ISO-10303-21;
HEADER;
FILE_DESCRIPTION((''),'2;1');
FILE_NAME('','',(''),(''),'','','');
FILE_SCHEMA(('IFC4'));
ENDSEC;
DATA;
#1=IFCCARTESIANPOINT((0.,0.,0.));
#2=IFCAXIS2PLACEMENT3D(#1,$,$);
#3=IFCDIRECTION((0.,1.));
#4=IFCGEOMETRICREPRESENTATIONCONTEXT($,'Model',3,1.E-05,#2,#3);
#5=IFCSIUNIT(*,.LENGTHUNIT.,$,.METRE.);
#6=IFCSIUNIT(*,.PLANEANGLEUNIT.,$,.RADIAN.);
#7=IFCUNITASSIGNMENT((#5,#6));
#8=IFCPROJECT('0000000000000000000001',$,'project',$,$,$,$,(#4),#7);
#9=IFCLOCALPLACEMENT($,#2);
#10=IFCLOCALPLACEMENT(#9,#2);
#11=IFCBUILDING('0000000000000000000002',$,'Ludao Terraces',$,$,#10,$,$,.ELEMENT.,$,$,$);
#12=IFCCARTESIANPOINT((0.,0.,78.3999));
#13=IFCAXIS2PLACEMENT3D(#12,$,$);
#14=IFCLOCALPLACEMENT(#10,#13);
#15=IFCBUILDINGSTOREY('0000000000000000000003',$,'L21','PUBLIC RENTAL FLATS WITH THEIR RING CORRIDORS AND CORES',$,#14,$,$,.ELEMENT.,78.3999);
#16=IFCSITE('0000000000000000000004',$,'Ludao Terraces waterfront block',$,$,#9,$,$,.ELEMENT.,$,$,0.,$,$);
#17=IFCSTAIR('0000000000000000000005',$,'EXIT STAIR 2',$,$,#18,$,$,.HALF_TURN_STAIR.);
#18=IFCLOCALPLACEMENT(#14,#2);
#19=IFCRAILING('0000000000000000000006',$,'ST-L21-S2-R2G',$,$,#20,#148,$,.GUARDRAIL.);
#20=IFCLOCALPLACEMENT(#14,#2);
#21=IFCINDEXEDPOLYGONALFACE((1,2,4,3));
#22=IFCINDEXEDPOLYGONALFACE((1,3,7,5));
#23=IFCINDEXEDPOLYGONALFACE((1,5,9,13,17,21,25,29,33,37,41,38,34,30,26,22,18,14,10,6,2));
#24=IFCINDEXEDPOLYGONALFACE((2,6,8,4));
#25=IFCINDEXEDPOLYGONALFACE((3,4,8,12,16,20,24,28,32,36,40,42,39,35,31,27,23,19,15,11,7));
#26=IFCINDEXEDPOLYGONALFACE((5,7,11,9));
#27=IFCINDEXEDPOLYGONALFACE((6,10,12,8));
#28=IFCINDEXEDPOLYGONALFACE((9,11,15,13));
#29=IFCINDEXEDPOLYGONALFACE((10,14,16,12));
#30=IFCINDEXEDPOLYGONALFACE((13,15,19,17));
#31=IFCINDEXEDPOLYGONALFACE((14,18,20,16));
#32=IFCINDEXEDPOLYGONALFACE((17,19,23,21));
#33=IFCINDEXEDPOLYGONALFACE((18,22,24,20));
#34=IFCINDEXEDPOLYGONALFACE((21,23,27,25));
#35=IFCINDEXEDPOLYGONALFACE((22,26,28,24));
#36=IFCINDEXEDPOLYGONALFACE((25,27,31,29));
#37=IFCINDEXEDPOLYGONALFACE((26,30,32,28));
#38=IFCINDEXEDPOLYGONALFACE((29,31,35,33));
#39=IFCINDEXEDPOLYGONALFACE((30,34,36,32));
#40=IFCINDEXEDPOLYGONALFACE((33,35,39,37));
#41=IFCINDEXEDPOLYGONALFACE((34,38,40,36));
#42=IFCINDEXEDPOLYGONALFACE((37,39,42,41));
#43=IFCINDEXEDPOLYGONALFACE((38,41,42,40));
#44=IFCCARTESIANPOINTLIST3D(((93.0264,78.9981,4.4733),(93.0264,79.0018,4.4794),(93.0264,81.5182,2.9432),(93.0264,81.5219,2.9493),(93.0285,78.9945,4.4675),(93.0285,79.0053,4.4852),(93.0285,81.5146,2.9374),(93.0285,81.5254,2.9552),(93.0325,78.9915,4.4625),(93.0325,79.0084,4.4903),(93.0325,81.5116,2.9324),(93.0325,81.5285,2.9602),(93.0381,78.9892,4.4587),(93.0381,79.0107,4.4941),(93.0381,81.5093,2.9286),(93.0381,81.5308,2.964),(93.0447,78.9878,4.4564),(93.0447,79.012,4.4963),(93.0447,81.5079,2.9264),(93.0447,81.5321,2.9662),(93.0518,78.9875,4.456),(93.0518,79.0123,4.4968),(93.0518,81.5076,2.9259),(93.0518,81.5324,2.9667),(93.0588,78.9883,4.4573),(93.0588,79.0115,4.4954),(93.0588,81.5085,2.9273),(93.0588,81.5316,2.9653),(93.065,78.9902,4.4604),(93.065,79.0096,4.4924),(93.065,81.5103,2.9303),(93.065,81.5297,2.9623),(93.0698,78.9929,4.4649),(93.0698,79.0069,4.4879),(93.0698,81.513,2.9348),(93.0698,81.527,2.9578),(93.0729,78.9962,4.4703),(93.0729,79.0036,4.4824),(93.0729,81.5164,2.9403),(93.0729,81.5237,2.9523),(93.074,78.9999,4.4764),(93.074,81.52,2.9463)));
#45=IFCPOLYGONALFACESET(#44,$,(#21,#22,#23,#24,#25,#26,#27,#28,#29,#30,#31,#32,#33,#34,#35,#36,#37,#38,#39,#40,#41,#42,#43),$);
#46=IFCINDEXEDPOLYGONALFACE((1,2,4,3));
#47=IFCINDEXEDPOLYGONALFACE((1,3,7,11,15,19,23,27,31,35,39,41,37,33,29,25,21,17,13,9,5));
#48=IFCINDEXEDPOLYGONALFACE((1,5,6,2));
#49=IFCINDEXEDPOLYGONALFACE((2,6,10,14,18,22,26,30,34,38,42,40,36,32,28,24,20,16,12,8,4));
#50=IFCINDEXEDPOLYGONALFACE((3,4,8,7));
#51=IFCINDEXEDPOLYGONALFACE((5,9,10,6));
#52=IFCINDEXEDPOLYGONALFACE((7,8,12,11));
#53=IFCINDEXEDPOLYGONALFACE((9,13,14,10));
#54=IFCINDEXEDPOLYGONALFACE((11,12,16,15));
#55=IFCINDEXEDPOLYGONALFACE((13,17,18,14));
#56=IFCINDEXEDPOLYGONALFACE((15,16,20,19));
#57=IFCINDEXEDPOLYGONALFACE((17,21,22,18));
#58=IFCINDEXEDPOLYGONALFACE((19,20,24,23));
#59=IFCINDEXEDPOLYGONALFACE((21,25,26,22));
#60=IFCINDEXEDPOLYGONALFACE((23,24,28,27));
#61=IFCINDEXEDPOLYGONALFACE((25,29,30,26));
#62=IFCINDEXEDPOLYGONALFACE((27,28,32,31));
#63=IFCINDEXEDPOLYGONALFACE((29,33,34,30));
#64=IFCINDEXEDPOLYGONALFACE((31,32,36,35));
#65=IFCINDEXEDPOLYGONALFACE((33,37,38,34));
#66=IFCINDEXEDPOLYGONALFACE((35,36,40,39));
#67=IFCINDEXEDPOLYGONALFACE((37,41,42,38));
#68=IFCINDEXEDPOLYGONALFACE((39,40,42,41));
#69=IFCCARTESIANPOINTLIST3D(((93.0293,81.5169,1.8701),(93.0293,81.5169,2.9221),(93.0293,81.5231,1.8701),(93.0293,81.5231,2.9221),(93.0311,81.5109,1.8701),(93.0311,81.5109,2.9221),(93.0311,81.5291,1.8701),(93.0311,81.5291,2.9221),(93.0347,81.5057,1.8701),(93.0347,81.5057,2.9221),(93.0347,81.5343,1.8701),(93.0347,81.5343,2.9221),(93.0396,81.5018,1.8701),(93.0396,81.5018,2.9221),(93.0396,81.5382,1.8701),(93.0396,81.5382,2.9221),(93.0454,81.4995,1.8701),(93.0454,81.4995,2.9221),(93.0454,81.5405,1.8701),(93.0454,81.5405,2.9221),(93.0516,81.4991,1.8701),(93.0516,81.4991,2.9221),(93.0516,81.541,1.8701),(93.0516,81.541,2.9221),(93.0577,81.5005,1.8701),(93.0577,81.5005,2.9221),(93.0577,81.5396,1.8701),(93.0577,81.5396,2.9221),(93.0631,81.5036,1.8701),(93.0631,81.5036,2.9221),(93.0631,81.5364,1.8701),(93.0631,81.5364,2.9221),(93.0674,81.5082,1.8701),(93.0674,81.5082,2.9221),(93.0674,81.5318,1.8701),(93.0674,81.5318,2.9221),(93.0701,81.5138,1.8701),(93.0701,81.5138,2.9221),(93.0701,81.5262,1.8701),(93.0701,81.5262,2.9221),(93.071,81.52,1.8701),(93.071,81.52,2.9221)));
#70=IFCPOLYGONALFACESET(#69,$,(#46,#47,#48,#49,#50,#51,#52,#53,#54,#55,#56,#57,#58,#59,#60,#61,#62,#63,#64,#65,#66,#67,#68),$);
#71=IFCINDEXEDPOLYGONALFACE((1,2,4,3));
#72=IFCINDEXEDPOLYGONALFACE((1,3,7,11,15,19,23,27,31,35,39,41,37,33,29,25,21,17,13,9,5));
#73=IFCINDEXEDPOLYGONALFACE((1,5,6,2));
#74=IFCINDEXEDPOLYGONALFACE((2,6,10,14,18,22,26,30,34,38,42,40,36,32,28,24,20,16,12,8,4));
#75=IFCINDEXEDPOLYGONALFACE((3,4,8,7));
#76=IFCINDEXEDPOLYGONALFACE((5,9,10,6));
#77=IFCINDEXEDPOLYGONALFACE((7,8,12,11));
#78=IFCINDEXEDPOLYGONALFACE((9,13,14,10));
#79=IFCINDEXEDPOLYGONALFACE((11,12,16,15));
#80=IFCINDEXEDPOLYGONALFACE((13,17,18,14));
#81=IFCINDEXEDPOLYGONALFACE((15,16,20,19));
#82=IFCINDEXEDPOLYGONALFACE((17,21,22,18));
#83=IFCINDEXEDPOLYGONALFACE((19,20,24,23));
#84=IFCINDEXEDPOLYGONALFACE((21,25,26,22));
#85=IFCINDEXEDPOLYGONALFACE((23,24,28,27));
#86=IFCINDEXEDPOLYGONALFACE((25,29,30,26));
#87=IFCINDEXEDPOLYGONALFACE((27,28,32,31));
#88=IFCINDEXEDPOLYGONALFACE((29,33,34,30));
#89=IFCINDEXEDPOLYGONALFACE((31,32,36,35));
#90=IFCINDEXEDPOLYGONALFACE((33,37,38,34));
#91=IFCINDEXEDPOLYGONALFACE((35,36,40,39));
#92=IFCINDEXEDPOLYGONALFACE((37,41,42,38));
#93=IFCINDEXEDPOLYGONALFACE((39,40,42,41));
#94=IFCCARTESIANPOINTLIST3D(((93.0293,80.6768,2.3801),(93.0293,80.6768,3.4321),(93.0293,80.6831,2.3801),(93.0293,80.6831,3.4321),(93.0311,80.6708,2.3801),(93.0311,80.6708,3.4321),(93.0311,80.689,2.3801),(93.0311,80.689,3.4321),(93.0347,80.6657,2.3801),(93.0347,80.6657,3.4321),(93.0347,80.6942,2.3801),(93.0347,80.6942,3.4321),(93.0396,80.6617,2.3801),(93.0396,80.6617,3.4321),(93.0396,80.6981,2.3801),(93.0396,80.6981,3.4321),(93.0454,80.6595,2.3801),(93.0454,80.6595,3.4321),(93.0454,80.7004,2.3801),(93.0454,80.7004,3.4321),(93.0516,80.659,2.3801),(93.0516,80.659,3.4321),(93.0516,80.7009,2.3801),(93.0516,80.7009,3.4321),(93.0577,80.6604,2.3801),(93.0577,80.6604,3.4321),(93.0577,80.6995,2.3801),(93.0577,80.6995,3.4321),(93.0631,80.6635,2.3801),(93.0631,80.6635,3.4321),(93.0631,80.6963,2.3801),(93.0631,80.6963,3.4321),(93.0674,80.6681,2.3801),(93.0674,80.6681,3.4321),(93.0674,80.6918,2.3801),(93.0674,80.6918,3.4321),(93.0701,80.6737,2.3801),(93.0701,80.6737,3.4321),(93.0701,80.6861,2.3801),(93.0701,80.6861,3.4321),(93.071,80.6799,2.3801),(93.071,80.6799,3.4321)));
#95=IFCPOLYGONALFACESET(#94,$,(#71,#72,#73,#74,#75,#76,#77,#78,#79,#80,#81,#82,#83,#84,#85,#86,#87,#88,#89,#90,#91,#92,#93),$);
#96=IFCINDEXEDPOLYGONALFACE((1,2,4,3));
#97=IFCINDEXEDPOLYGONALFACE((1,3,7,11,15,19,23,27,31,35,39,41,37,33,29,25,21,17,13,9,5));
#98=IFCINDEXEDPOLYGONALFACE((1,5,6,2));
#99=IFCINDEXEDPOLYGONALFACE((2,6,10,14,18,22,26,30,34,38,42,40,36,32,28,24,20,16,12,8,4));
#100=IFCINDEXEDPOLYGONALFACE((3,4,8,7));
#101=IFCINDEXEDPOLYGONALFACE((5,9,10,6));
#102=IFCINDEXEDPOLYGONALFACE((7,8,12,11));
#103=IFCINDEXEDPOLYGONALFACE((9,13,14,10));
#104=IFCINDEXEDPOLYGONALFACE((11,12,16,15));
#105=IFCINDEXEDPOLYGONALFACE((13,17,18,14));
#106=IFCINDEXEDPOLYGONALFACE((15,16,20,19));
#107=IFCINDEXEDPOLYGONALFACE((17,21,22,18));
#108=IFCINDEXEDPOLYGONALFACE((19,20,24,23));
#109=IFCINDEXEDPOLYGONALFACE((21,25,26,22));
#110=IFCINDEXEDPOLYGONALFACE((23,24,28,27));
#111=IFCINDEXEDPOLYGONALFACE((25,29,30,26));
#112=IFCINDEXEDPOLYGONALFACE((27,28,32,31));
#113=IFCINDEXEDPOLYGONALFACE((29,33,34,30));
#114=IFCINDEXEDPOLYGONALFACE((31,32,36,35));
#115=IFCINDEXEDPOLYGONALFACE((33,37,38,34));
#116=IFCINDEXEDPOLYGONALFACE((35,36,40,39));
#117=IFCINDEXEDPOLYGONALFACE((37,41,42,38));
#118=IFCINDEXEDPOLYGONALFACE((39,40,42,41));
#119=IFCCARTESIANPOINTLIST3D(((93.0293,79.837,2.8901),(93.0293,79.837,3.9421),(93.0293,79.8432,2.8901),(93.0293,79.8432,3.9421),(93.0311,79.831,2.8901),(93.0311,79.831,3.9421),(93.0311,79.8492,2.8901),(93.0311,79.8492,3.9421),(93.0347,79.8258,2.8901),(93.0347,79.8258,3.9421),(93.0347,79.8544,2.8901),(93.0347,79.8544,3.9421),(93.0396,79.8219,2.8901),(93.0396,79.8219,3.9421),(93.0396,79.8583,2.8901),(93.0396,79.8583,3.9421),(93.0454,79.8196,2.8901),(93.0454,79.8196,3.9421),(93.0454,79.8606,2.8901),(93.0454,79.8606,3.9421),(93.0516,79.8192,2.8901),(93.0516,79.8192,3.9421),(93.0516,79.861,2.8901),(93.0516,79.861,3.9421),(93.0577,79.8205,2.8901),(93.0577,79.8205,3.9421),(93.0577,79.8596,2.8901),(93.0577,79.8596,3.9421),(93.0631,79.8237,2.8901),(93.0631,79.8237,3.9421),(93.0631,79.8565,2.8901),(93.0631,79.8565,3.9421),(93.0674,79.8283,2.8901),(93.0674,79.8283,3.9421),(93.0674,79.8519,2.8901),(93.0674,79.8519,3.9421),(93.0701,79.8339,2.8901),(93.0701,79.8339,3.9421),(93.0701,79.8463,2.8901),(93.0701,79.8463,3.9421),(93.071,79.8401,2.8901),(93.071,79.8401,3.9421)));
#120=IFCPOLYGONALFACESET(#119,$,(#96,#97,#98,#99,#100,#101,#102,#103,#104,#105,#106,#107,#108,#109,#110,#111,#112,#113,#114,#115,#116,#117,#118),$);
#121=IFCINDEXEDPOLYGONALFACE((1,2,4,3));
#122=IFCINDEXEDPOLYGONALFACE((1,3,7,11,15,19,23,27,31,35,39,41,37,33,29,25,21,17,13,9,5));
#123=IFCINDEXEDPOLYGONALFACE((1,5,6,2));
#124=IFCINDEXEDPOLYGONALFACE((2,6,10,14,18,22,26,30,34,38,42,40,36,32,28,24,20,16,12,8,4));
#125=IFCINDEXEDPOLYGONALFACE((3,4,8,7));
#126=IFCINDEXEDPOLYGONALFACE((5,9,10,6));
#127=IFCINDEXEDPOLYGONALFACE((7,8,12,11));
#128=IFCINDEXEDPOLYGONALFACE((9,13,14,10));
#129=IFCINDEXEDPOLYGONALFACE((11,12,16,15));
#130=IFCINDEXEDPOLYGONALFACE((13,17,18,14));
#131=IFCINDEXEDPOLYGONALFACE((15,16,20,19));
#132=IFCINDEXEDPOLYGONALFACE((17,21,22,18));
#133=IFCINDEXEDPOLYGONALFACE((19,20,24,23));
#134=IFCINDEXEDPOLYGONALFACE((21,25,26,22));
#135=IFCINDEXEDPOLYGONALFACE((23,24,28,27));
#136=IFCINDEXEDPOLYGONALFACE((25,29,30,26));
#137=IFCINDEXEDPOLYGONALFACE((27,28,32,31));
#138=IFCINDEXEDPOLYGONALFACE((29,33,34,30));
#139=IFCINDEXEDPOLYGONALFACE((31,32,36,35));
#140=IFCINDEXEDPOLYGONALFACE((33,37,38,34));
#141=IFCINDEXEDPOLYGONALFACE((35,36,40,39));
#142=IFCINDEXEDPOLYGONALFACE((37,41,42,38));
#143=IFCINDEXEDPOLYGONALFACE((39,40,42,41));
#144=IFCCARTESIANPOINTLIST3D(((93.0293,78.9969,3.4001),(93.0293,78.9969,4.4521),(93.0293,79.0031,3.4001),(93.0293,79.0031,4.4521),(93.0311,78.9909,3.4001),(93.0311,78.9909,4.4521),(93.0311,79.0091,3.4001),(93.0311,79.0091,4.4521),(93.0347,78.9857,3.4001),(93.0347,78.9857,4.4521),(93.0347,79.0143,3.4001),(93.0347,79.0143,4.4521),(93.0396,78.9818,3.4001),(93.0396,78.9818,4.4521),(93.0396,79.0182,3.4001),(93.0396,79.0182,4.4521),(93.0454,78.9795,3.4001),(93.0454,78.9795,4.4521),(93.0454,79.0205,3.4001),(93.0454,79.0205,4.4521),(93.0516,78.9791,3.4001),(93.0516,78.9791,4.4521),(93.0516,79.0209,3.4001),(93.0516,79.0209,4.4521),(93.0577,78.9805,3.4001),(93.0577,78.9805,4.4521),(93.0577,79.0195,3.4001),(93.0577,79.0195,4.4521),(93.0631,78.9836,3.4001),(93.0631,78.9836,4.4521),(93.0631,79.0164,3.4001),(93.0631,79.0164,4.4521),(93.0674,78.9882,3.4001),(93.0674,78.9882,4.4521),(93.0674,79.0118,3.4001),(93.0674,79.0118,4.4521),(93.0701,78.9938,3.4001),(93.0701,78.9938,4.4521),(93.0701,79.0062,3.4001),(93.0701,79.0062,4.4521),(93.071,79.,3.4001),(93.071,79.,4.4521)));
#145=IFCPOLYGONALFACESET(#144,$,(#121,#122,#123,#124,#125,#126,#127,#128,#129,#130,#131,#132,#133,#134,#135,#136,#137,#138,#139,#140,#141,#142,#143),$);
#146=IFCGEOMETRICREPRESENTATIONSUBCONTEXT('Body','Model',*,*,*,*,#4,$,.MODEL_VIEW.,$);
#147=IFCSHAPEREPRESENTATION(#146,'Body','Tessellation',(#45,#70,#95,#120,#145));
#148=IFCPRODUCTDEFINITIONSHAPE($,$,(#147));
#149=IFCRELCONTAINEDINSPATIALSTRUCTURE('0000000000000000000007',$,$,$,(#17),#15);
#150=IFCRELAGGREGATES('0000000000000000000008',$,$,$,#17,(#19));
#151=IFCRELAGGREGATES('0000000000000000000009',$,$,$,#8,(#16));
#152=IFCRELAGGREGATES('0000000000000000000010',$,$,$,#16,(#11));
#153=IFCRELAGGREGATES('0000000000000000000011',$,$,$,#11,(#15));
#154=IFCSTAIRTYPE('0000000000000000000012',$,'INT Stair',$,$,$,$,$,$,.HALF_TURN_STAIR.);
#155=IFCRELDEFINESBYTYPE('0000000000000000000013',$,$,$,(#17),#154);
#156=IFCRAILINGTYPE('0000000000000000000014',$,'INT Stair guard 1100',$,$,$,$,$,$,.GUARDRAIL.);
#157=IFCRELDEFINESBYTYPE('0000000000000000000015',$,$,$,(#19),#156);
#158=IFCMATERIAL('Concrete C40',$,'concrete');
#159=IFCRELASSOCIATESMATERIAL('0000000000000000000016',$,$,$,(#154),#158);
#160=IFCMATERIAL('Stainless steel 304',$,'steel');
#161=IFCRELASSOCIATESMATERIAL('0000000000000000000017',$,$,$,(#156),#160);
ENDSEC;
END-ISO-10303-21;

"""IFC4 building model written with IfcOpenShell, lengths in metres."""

from ifc_helpers import new_model, si_unit, direction, frame, origin, origin_2d, place, context, subcontext, project, spatial, circle, extrude, material, type_object, element, aggregate, save


model = new_model("IFC4")

# Units and contexts
model_context = context("Model", 3, precision=1e-05, world=origin(), true_north=direction((0.0, 1.0)))
body_context = subcontext(model_context, "Body", "Model", "MODEL_VIEW")
ifc_project = project(units=[si_unit("LENGTHUNIT", "METRE"), si_unit("PLANEANGLEUNIT", "RADIAN")], contexts=[model_context])

# Site, building, storey
site_placement = place(None, origin())
site = spatial("IfcSite", under=ifc_project, at=site_placement, Name="Ludao Terraces waterfront block", CompositionType="ELEMENT", RefElevation=0.0)
building_placement = place(site_placement, origin())
building = spatial("IfcBuilding", under=site, at=building_placement, Name="Ludao Terraces", CompositionType="ELEMENT")
storey_placement = place(building_placement, frame((0.0, 0.0, 78.3999)))
storey = spatial("IfcBuildingStorey", under=building, at=storey_placement, Name="L21", Description="PUBLIC RENTAL FLATS WITH THEIR RING CORRIDORS AND CORES", CompositionType="ELEMENT", Elevation=78.3999)

# Shared definitions
ifc_material_1 = material(Name="Concrete C40", Category="concrete")

# Stair, railing
stair_type = type_object("IfcStairType", Name="INT Stair", PredefinedType="HALF_TURN_STAIR", material=ifc_material_1)
stair_placement = place(storey_placement, origin())
stair = element("IfcStair", 1, at=stair_placement, inside=storey, type_object=stair_type, Name="EXIT STAIR 2", PredefinedType="HALF_TURN_STAIR")
ifc_material_2 = material(Name="Stainless steel 304", Category="steel")
railing_type_1 = type_object("IfcRailingType", Name="INT Stair guard 1100", PredefinedType="GUARDRAIL", material=ifc_material_2)
railing_1_placement = place(storey_placement, frame((93.05, 81.52, 1.8701)))
railing_1 = element("IfcRailing", 2, at=railing_1_placement, type_object=railing_type_1, Name="ST-L21-S2-R2G", PredefinedType="GUARDRAIL", context=body_context, shape_type="SweptSolid", body=[
    extrude(circle(Radius=0.0239, at=origin_2d()), frame((0.0, 0.0, 1.0762), z_axis=(0.0, -0.854785, 0.518982), x_axis=(1.0, 0.0, 0.0)), (0.0, 0.0, 1.0), 2.9482),
    extrude(circle(Radius=0.021, at=origin_2d()), origin(), (0.0, 0.0, 1.0), 1.052),
    extrude(circle(Radius=0.021, at=origin_2d()), frame((0.0, -0.8401, 0.51)), (0.0, 0.0, 1.0), 1.052),
    extrude(circle(Radius=0.021, at=origin_2d()), frame((0.0, -1.6799, 1.02)), (0.0, 0.0, 1.0), 1.052),
    extrude(circle(Radius=0.021, at=origin_2d()), frame((0.0, -2.52, 1.53)), (0.0, 0.0, 1.0), 1.052),
])
aggregate(stair, [railing_1])

save(model, "model.ifc")
